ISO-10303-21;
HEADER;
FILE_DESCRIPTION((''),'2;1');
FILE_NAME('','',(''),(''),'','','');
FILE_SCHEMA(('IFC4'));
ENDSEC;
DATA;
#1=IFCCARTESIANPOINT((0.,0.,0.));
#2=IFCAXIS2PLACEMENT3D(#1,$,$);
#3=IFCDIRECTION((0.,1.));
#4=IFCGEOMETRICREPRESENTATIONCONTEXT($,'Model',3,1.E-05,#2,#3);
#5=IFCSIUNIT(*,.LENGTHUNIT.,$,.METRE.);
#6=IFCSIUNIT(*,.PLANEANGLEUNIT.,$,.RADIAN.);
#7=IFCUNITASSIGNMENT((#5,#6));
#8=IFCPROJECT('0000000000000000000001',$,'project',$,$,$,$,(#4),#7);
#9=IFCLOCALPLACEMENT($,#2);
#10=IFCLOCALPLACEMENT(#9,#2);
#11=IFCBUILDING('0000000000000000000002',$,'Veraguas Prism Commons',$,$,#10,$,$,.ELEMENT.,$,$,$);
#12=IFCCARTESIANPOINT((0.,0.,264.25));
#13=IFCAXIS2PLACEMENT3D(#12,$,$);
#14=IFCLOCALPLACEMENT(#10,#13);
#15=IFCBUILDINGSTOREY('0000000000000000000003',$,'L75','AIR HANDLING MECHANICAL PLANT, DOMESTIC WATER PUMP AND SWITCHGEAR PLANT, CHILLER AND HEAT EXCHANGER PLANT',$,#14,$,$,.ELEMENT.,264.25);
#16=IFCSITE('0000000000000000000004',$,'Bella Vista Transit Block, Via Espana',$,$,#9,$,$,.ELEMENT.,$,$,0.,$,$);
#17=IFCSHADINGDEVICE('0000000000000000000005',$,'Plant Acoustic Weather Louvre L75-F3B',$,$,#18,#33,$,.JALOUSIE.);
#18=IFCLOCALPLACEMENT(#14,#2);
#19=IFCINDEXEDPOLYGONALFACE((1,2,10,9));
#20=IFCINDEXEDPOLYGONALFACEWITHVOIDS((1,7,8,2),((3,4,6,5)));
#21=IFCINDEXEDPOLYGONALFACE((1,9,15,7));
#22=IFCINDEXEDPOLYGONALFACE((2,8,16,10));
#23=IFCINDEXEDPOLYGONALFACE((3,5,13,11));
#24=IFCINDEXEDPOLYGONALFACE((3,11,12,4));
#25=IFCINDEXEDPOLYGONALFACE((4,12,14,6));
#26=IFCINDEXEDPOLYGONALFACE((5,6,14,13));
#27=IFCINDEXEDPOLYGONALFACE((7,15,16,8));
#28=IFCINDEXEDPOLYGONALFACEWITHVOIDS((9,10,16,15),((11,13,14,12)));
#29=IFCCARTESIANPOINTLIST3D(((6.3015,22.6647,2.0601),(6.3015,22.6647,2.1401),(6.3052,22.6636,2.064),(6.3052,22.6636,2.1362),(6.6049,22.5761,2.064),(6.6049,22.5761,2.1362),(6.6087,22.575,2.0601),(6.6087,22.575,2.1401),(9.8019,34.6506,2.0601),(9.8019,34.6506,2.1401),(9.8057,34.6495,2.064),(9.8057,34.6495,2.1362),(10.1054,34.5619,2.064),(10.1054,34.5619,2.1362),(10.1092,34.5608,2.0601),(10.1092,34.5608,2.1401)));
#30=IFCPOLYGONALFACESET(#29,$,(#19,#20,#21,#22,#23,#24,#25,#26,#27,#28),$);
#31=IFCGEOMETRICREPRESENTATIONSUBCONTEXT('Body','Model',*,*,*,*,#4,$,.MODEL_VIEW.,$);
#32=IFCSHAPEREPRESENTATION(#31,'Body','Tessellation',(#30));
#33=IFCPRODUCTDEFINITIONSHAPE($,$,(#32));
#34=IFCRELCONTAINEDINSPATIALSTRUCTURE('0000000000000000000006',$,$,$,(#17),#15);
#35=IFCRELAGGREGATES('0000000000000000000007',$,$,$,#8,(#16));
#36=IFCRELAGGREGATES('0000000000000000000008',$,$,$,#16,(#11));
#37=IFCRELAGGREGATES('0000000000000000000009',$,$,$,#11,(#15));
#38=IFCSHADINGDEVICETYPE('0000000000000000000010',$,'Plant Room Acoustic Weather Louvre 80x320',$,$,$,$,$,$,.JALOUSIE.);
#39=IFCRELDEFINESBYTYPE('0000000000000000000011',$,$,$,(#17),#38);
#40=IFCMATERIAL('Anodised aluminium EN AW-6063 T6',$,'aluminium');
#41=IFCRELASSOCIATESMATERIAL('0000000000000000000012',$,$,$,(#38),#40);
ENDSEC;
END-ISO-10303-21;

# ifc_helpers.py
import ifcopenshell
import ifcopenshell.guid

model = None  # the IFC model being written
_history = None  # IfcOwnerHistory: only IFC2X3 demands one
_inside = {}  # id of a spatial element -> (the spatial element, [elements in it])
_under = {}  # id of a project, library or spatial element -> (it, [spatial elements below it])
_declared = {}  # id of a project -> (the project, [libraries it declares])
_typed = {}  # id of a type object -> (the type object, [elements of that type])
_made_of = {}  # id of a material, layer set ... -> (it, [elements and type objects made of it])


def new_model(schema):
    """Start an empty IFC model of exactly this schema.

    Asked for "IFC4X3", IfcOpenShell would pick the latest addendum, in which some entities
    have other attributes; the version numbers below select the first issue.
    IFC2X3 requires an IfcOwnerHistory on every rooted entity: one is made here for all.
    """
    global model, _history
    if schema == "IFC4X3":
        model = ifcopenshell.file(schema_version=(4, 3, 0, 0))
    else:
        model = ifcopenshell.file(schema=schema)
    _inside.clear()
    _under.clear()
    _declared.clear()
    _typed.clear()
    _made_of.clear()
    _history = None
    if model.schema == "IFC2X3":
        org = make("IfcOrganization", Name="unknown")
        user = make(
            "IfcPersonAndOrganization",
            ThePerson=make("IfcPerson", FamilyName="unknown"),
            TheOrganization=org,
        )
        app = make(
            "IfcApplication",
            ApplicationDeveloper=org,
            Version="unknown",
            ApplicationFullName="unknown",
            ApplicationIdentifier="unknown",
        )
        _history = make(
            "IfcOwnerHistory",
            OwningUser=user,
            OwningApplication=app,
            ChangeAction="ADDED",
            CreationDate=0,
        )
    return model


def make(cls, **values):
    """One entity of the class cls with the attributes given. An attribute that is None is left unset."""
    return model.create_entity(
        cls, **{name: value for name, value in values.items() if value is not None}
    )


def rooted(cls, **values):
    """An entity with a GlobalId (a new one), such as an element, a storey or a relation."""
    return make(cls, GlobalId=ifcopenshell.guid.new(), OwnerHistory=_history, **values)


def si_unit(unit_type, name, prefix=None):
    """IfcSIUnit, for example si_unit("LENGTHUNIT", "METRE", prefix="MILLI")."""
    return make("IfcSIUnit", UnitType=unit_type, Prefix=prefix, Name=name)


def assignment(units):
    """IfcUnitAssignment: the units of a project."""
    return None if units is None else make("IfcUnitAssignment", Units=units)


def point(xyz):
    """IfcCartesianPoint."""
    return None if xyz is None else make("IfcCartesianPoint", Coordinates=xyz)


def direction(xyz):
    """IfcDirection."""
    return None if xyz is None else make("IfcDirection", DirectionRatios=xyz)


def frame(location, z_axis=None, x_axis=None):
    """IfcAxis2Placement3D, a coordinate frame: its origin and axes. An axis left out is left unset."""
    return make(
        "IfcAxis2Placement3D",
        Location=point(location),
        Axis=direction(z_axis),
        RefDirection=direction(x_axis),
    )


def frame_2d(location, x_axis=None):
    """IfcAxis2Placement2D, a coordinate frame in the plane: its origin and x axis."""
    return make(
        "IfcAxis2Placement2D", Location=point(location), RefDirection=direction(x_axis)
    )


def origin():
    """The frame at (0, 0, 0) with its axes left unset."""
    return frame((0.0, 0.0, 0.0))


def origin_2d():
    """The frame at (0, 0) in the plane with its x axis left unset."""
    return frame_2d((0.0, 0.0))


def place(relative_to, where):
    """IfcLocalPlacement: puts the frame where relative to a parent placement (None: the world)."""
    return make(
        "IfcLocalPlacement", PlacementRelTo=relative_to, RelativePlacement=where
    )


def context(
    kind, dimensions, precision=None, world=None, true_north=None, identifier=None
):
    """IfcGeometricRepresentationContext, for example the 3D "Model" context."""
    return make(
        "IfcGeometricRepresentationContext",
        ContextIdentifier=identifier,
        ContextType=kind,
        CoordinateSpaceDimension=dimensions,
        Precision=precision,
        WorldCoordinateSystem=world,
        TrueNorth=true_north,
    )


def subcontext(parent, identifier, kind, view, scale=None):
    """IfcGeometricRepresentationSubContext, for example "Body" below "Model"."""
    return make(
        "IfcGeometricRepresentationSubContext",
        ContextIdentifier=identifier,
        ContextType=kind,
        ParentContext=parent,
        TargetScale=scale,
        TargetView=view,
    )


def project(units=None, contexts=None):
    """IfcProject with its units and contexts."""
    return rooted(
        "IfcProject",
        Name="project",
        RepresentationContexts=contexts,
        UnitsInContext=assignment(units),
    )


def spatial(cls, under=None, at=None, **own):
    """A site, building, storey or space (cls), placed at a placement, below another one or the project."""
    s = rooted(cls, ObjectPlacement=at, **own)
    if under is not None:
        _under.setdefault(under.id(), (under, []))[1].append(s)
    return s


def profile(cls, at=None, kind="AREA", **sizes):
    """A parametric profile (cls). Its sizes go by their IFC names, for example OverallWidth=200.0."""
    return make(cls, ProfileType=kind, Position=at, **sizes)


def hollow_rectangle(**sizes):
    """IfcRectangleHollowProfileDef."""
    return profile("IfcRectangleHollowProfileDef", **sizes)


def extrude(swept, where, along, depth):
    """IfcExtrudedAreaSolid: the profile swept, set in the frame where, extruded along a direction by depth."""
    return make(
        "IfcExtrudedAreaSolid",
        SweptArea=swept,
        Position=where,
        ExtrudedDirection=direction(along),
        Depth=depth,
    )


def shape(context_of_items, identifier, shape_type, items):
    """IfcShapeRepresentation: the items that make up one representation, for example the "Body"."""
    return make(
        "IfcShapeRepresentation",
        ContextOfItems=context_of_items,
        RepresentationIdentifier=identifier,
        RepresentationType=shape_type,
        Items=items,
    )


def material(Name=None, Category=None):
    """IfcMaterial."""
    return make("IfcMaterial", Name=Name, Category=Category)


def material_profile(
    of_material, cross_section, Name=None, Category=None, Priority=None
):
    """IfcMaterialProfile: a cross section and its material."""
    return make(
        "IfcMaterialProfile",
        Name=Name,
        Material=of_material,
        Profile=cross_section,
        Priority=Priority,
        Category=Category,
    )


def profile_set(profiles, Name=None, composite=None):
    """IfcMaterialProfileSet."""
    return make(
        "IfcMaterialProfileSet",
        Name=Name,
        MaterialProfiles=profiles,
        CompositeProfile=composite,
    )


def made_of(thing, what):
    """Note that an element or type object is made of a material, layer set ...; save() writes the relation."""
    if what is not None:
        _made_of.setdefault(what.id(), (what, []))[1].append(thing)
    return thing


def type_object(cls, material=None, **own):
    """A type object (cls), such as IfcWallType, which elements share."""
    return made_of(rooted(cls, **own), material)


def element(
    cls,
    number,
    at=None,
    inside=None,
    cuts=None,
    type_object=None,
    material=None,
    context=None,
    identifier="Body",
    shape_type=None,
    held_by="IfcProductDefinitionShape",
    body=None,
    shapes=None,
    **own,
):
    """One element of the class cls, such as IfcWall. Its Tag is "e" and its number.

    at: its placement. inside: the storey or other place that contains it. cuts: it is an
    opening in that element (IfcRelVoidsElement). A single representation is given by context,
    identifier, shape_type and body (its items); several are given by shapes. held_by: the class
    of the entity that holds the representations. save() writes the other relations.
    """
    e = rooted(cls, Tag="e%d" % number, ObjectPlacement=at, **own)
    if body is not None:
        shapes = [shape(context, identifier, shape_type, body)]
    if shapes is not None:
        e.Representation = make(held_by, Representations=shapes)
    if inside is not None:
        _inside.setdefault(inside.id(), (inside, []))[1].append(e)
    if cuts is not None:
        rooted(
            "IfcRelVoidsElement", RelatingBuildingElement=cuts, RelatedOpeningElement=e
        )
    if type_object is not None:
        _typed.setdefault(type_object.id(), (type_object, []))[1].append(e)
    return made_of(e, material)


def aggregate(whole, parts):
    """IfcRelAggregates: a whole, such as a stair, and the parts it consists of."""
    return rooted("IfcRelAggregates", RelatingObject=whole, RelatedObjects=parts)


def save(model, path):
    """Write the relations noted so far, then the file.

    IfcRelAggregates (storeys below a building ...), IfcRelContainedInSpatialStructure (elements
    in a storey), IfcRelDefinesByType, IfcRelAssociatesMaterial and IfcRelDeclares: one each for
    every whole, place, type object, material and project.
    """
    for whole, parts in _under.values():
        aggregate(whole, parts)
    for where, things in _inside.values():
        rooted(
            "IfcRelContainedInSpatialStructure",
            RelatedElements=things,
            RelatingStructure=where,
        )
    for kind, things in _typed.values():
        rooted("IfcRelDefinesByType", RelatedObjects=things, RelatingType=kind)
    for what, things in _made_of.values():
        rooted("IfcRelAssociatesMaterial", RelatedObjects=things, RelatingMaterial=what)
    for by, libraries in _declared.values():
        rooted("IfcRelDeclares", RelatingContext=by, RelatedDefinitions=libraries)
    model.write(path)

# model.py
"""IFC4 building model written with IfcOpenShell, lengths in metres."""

from ifc_helpers import new_model, si_unit, direction, frame, origin, origin_2d, place, context, subcontext, project, spatial, hollow_rectangle, extrude, material, material_profile, profile_set, type_object, element, save


model = new_model("IFC4")

# Units and contexts
model_context = context("Model", 3, precision=1e-05, world=origin(), true_north=direction((0.0, 1.0)))
body_context = subcontext(model_context, "Body", "Model", "MODEL_VIEW")
ifc_project = project(units=[si_unit("LENGTHUNIT", "METRE"), si_unit("PLANEANGLEUNIT", "RADIAN")], contexts=[model_context])

# Site, building, storey
site_placement = place(None, origin())
site = spatial("IfcSite", under=ifc_project, at=site_placement, Name="Bella Vista Transit Block, Via Espana", CompositionType="ELEMENT", RefElevation=0.0)
building_placement = place(site_placement, origin())
building = spatial("IfcBuilding", under=site, at=building_placement, Name="Veraguas Prism Commons", CompositionType="ELEMENT")
storey_placement = place(building_placement, frame((0.0, 0.0, 264.25)))
storey = spatial("IfcBuildingStorey", under=building, at=storey_placement, Name="L75", Description="AIR HANDLING MECHANICAL PLANT, DOMESTIC WATER PUMP AND SWITCHGEAR PLANT, CHILLER AND HEAT EXCHANGER PLANT", CompositionType="ELEMENT", Elevation=264.25)

# Shared definitions
ifc_material_1 = material(Name="Anodised aluminium EN AW-6063 T6", Category="aluminium")

# Shading device
ifc_material_profile_1 = material_profile(ifc_material_1, hollow_rectangle(XDim=0.0801, YDim=0.3201, WallThickness=0.0039, at=origin_2d()), Name="LVR80X320X4")
ifc_profile_set_1 = profile_set([ifc_material_profile_1], Name="Anodised aluminium EN AW-6063 T6")
shading_device_type_1 = type_object("IfcShadingDeviceType", Name="Plant Room Acoustic Weather Louvre 80x320", PredefinedType="JALOUSIE", material=ifc_profile_set_1)
for number, where, z_axis, x_axis, name in (
    (1, (9.9556, 34.6057, 2.1001), (-0.280341, -0.959901, 0.0), (0.0, 0.0, 1.0), "Plant Acoustic Weather Louvre L75-F3B"),
):
    element("IfcShadingDevice", number, at=place(storey_placement, frame(where, z_axis=z_axis, x_axis=x_axis)), inside=storey, type_object=shading_device_type_1, Name=name, PredefinedType="JALOUSIE", context=body_context, shape_type="SweptSolid", body=[
        extrude(hollow_rectangle(XDim=0.0801, YDim=0.3201, WallThickness=0.0039, at=origin_2d()), origin(), (0.0, 0.0, 1.0), 12.4866),
    ])

save(model, "model.ifc")
